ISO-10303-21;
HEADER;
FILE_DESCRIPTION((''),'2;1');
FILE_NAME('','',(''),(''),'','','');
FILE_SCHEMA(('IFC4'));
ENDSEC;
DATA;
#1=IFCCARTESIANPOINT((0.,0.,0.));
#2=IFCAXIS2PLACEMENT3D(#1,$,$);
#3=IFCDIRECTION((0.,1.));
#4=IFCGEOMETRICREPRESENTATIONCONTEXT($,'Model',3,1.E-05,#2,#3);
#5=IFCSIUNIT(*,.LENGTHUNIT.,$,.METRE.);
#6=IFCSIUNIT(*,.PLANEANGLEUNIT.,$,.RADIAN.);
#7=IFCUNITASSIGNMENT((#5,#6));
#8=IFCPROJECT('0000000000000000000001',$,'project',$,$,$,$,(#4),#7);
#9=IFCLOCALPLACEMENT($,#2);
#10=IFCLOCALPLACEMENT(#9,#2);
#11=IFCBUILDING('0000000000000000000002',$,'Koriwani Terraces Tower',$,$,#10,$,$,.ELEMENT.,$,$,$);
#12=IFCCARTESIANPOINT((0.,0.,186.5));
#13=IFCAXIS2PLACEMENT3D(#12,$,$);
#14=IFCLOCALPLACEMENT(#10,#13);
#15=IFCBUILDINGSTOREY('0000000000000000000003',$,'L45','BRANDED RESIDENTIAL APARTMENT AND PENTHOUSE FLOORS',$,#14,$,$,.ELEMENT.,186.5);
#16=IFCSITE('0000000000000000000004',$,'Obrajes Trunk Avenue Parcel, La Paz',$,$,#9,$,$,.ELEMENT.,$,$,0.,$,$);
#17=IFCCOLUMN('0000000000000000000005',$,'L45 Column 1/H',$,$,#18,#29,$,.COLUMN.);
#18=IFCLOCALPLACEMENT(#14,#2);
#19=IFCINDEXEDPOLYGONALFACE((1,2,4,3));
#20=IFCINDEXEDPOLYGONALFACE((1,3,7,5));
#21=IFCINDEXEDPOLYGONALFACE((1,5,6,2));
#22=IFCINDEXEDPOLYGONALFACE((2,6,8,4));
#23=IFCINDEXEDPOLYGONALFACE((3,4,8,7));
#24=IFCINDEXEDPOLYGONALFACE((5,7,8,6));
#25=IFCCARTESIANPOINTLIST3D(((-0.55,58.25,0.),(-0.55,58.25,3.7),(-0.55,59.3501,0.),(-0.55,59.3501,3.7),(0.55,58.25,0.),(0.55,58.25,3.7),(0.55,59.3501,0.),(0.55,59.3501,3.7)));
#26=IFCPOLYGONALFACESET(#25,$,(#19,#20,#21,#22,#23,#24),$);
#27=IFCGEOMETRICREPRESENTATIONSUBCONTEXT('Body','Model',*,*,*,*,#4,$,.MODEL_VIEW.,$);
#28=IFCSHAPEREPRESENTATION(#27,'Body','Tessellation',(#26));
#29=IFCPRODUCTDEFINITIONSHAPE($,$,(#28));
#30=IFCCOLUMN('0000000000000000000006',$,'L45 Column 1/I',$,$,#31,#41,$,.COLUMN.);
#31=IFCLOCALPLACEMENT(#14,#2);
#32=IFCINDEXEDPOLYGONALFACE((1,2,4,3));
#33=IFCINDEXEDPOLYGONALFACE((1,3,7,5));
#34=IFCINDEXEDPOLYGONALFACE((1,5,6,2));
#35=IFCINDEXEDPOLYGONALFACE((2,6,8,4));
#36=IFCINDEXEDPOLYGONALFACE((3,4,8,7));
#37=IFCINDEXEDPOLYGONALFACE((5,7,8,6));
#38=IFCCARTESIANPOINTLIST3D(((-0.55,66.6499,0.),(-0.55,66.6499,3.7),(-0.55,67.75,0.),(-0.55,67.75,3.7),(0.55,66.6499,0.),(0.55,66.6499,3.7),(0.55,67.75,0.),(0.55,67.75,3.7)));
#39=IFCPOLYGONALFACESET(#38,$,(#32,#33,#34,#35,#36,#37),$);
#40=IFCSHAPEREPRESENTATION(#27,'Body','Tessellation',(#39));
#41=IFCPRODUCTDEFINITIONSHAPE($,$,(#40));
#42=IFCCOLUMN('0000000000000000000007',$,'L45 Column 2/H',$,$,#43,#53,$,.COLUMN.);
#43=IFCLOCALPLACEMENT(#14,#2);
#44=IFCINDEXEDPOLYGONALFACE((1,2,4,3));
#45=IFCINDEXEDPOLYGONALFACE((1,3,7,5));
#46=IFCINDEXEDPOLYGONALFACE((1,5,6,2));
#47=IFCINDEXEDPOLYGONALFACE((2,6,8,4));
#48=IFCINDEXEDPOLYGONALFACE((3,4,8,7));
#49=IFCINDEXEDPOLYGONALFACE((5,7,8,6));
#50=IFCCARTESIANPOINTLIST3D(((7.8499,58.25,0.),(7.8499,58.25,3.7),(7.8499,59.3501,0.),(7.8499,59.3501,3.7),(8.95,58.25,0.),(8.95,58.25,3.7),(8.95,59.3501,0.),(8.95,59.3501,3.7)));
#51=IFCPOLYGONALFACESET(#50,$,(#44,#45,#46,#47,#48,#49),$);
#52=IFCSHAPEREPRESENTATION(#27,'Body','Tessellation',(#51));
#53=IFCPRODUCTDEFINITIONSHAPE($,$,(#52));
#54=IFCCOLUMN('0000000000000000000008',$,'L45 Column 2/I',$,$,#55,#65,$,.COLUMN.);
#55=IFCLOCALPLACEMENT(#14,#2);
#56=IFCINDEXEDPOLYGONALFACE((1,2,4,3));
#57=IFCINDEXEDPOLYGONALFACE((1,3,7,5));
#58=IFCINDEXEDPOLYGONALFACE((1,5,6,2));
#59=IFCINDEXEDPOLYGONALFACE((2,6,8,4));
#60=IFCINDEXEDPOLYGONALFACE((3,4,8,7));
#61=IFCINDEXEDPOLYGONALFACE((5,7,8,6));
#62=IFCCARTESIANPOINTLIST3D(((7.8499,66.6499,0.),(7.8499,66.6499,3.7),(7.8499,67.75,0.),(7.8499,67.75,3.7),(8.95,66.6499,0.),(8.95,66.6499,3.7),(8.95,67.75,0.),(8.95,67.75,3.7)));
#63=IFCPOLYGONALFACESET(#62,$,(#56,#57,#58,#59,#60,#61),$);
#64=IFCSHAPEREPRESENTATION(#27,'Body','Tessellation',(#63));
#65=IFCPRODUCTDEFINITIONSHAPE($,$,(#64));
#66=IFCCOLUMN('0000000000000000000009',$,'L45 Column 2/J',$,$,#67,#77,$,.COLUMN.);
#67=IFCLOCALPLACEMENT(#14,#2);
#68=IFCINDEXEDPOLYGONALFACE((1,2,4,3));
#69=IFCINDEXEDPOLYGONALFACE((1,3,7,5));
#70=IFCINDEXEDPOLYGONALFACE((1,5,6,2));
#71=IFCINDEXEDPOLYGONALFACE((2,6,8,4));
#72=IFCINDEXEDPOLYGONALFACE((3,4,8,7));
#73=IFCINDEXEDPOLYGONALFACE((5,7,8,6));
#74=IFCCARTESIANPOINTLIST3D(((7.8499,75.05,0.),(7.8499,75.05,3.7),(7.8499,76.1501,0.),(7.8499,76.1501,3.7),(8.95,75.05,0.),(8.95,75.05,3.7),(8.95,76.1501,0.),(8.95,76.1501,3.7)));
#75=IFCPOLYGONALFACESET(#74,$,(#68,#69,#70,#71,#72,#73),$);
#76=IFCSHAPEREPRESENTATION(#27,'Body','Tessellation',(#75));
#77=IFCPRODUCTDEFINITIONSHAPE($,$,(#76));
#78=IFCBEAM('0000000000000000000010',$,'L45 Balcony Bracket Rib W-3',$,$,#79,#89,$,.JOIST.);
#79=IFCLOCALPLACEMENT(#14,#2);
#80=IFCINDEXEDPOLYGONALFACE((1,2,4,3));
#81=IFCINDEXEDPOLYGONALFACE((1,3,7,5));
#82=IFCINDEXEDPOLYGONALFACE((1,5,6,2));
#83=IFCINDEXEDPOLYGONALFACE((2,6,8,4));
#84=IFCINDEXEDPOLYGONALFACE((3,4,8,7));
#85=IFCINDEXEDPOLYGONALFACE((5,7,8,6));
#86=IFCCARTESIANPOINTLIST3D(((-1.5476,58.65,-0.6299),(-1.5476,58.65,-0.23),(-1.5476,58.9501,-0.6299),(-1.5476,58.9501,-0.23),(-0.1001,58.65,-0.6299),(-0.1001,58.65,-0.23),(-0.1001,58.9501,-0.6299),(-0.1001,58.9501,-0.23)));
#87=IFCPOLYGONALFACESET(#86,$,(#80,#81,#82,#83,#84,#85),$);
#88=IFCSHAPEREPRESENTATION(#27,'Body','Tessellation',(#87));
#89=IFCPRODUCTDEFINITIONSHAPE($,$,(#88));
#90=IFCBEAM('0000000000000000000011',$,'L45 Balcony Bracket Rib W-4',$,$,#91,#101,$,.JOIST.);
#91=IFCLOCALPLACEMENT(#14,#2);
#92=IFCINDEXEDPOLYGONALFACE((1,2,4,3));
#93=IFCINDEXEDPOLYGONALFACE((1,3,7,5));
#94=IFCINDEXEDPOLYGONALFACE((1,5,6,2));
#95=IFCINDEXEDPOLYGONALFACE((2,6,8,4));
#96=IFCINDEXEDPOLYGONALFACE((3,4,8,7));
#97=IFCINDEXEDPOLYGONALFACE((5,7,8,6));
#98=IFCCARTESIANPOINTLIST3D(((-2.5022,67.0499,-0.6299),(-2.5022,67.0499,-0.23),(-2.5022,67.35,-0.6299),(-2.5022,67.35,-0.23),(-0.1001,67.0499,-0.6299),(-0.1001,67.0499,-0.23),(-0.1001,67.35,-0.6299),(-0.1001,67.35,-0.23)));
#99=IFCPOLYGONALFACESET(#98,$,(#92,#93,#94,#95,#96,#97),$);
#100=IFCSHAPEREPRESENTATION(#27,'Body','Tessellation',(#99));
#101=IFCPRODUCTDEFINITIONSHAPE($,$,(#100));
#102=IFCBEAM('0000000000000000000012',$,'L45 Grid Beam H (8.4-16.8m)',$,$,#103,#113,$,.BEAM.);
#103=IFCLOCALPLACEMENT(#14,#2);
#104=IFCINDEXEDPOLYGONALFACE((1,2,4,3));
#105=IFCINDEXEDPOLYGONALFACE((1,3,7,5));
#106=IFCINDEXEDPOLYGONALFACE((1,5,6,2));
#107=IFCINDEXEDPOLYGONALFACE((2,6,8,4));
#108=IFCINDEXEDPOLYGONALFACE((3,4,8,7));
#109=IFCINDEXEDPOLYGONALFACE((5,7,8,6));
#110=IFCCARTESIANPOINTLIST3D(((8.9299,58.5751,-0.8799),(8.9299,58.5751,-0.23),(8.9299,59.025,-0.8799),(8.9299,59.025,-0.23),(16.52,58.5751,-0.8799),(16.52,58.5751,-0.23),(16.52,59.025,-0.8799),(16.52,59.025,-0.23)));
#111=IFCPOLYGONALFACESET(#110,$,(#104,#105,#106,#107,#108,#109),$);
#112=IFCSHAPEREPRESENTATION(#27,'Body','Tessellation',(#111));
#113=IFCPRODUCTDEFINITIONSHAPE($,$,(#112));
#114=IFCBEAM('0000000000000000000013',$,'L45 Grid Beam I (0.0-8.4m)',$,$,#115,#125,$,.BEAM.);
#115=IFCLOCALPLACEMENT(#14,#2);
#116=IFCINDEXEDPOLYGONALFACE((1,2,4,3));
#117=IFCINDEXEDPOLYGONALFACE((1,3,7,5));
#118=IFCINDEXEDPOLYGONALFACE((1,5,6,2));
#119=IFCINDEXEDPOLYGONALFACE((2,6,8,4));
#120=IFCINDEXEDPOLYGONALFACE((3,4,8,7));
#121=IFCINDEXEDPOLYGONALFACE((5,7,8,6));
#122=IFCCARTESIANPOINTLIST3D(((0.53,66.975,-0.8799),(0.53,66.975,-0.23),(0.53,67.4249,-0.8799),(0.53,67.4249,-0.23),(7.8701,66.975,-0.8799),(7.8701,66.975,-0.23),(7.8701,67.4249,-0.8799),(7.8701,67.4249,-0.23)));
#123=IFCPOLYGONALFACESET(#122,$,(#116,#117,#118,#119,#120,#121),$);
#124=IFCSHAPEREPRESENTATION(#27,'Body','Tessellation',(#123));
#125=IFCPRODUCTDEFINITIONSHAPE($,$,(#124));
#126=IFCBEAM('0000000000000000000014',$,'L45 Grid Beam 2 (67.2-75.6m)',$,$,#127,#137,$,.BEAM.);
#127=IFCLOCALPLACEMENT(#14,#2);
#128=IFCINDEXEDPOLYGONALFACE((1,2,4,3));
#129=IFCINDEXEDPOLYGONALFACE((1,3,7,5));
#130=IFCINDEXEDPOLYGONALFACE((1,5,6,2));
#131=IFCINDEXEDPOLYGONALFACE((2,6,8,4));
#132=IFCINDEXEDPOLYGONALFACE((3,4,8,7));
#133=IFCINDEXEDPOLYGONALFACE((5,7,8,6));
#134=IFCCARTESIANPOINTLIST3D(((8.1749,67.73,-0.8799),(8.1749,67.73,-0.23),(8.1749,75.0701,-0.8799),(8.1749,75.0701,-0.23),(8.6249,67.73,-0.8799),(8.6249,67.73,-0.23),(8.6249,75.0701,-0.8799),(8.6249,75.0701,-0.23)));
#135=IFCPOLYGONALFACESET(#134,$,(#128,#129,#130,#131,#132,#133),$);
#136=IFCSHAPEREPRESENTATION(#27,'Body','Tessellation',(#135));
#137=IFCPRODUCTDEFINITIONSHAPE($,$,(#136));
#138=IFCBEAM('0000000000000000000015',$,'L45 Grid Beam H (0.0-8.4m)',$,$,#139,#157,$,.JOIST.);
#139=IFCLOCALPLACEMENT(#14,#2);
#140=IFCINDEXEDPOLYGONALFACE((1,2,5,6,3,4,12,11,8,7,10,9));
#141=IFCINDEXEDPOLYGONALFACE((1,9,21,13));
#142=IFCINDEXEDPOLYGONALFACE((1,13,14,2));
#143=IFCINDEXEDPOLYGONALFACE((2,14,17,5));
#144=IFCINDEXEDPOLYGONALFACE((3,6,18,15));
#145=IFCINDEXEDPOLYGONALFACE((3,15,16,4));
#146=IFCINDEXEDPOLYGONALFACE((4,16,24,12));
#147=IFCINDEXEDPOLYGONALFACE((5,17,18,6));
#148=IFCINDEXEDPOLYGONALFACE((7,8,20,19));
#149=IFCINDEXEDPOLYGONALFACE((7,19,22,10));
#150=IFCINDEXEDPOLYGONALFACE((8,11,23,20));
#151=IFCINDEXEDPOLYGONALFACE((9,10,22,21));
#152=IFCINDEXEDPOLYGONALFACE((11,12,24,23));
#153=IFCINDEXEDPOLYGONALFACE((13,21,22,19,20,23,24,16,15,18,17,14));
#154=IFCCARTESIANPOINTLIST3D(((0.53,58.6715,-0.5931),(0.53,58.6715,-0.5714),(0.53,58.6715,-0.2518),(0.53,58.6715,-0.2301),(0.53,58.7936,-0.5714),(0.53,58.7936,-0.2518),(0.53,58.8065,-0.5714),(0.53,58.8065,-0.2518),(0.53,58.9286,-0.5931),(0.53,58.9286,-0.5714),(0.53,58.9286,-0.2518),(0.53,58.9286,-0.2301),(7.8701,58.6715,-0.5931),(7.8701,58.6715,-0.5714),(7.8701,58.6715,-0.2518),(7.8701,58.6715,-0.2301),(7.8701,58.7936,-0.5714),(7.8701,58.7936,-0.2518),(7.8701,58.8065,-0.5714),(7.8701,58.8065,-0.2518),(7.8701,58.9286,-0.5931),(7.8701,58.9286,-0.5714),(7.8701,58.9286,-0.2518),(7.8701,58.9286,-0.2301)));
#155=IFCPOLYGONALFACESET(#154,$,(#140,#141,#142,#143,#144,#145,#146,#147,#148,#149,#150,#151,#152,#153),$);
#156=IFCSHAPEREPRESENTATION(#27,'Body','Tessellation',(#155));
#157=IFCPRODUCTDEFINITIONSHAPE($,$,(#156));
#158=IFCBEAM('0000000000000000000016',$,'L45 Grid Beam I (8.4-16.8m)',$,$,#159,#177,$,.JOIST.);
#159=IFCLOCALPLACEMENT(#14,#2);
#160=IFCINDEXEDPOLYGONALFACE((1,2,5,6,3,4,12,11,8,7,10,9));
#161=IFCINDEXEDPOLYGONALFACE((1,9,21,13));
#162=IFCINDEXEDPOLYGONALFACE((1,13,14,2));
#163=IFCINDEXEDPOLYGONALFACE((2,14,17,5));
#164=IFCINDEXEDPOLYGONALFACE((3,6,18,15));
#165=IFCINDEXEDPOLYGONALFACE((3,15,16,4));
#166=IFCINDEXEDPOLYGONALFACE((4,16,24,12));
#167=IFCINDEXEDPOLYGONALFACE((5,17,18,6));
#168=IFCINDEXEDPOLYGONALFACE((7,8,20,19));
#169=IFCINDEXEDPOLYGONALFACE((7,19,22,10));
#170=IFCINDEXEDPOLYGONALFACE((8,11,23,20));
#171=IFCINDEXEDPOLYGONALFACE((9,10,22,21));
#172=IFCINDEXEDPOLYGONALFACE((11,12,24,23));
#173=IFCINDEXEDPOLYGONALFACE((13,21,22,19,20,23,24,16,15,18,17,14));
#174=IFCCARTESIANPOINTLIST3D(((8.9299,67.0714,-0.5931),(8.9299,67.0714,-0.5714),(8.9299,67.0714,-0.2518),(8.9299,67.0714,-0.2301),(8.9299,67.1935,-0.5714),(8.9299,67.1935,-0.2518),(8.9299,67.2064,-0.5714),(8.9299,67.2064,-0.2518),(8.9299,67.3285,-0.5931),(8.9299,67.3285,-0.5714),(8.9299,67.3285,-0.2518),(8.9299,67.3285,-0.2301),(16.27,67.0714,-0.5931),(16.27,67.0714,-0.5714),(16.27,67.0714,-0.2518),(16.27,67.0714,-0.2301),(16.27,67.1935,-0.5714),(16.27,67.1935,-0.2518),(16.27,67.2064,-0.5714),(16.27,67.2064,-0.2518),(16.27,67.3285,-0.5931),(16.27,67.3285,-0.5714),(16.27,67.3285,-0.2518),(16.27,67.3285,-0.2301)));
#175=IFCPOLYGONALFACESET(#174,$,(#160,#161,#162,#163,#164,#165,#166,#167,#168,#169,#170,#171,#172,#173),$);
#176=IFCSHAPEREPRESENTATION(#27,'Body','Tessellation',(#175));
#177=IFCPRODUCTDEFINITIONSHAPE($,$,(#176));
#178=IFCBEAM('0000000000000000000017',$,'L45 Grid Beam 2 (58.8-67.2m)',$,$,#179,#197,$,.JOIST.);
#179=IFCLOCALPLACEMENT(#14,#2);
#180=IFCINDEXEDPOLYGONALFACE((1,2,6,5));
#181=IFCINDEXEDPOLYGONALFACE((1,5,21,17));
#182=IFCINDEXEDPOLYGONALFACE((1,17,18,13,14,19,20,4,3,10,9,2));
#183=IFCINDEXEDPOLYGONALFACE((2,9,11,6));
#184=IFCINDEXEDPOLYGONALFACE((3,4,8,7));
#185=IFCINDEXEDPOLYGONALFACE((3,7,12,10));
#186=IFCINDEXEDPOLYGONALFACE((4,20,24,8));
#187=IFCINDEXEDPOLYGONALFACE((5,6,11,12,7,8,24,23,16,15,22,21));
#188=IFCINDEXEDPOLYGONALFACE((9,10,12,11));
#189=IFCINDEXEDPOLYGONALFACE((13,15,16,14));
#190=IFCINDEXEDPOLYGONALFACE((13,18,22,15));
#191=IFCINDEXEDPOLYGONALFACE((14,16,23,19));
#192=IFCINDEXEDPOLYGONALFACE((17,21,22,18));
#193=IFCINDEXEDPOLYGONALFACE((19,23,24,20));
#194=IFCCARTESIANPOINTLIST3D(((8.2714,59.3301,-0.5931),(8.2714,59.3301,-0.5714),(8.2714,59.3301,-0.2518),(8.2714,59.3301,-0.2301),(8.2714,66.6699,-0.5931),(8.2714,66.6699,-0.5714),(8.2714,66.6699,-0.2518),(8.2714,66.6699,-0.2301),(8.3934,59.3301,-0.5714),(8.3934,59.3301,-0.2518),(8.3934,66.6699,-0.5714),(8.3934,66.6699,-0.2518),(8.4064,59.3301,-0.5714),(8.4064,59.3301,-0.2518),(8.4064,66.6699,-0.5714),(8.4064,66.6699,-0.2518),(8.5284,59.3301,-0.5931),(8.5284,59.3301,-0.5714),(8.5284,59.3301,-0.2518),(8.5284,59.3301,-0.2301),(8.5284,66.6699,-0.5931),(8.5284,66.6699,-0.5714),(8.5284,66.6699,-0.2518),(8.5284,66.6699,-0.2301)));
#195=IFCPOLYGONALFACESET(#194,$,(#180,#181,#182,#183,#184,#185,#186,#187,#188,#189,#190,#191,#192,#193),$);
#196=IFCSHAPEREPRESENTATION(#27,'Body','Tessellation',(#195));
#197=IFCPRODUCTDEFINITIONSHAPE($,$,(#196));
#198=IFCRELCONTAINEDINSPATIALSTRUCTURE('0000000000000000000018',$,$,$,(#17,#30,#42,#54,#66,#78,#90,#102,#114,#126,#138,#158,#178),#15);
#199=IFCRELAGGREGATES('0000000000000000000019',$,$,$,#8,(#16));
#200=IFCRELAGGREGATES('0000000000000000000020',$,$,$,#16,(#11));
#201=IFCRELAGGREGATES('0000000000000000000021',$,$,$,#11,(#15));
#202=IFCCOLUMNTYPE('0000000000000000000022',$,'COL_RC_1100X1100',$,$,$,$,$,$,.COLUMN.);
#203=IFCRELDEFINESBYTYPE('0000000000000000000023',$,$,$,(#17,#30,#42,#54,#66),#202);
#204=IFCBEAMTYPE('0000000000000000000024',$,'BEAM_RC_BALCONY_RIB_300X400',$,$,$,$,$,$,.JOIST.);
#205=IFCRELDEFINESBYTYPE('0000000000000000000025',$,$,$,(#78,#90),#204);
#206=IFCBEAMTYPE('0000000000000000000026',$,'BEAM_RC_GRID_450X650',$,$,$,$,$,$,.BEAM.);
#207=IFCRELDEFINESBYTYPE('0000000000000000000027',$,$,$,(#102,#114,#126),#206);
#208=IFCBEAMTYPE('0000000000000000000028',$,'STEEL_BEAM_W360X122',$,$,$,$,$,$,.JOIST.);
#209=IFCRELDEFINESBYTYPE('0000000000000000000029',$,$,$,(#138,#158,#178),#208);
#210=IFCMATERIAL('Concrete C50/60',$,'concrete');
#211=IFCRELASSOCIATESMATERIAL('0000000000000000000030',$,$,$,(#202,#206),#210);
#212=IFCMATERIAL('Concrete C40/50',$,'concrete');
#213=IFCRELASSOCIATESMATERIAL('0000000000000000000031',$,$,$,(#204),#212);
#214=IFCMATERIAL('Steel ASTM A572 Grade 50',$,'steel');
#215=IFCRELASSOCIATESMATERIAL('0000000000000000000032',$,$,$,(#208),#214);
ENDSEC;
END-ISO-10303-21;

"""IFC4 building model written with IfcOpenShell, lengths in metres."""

from ifc_helpers import new_model, si_unit, direction, frame, origin, origin_2d, place, context, subcontext, project, spatial, rectangle, i_section, extrude, material, material_profile, profile_set, type_object, element, save


model = new_model("IFC4")

# Units and contexts
model_context = context("Model", 3, precision=1e-05, world=origin(), true_north=direction((0.0, 1.0)))
body_context = subcontext(model_context, "Body", "Model", "MODEL_VIEW")
ifc_project = project(units=[si_unit("LENGTHUNIT", "METRE"), si_unit("PLANEANGLEUNIT", "RADIAN")], contexts=[model_context])

# Site, building, storey
site_placement = place(None, origin())
site = spatial("IfcSite", under=ifc_project, at=site_placement, Name="Obrajes Trunk Avenue Parcel, La Paz", CompositionType="ELEMENT", RefElevation=0.0)
building_placement = place(site_placement, origin())
building = spatial("IfcBuilding", under=site, at=building_placement, Name="Koriwani Terraces Tower", CompositionType="ELEMENT")
storey_placement = place(building_placement, frame((0.0, 0.0, 186.5)))
storey = spatial("IfcBuildingStorey", under=building, at=storey_placement, Name="L45", Description="BRANDED RESIDENTIAL APARTMENT AND PENTHOUSE FLOORS", CompositionType="ELEMENT", Elevation=186.5)

# Columns
ifc_material_1 = material(Name="Concrete C50/60", Category="concrete")
ifc_material_profile_1 = material_profile(ifc_material_1, rectangle(XDim=1.1001, YDim=1.1001, at=origin_2d()), Name="Concrete C50/60", Category="LoadBearing")
ifc_profile_set_1 = profile_set([ifc_material_profile_1], Name="Concrete C50/60")
column_type = type_object("IfcColumnType", Name="COL_RC_1100X1100", PredefinedType="COLUMN", material=ifc_profile_set_1)
for number, where, z_axis, x_axis, name in (
    (1, (0.0, 58.8, 0.0), (0.0, 0.0, 1.0), (1.0, 0.0, 0.0), "L45 Column 1/H"),
    (2, (0.0, 67.2, 0.0), (0.0, 0.0, 1.0), (1.0, 0.0, 0.0), "L45 Column 1/I"),
    (3, (8.3999, 58.8, 0.0), (0.0, 0.0, 1.0), (1.0, 0.0, 0.0), "L45 Column 2/H"),
    (4, (8.3999, 67.2, 0.0), (0.0, 0.0, 1.0), (1.0, 0.0, 0.0), "L45 Column 2/I"),
    (5, (8.3999, 75.6001, 0.0), (0.0, 0.0, 1.0), (1.0, 0.0, 0.0), "L45 Column 2/J"),
):
    element("IfcColumn", number, at=place(storey_placement, frame(where, z_axis=z_axis, x_axis=x_axis)), inside=storey, type_object=column_type, Name=name, PredefinedType="COLUMN", context=body_context, shape_type="SweptSolid", body=[
        extrude(rectangle(XDim=1.1001, YDim=1.1001, at=origin_2d()), origin(), (0.0, 0.0, 1.0), 3.7),
    ])

# Beams
ifc_material_2 = material(Name="Concrete C40/50", Category="concrete")
ifc_material_profile_2 = material_profile(ifc_material_2, rectangle(XDim=0.3, YDim=0.3999, at=origin_2d()), Name="Concrete C40/50", Category="LoadBearing")
ifc_profile_set_2 = profile_set([ifc_material_profile_2], Name="Concrete C40/50")
beam_type_1 = type_object("IfcBeamType", Name="BEAM_RC_BALCONY_RIB_300X400", PredefinedType="JOIST", material=ifc_profile_set_2)
beam_1_placement = place(storey_placement, frame((-1.5476, 58.8, -0.4299), z_axis=(1.0, 0.0, 0.0), x_axis=(0.0, 1.0, 0.0)))
element("IfcBeam", 6, at=beam_1_placement, inside=storey, type_object=beam_type_1, Name="L45 Balcony Bracket Rib W-3", PredefinedType="JOIST", context=body_context, shape_type="SweptSolid", body=[
    extrude(rectangle(XDim=0.3, YDim=0.3999, at=origin_2d()), origin(), (0.0, 0.0, 1.0), 1.4475),
])
beam_2_placement = place(storey_placement, frame((-2.5022, 67.2, -0.4299), z_axis=(1.0, 0.0, 0.0), x_axis=(0.0, 1.0, 0.0)))
element("IfcBeam", 7, at=beam_2_placement, inside=storey, type_object=beam_type_1, Name="L45 Balcony Bracket Rib W-4", PredefinedType="JOIST", context=body_context, shape_type="SweptSolid", body=[
    extrude(rectangle(XDim=0.3, YDim=0.3999, at=origin_2d()), origin(), (0.0, 0.0, 1.0), 2.4021),
])
ifc_material_profile_3 = material_profile(ifc_material_1, rectangle(XDim=0.45, YDim=0.6499, at=origin_2d()), Name="Concrete C50/60", Category="LoadBearing")
ifc_profile_set_3 = profile_set([ifc_material_profile_3], Name="Concrete C50/60")
beam_type_2 = type_object("IfcBeamType", Name="BEAM_RC_GRID_450X650", PredefinedType="BEAM", material=ifc_profile_set_3)
beam_3_placement = place(storey_placement, frame((8.9299, 58.8, -0.5549), z_axis=(1.0, 0.0, 0.0), x_axis=(0.0, 1.0, 0.0)))
element("IfcBeam", 8, at=beam_3_placement, inside=storey, type_object=beam_type_2, Name="L45 Grid Beam H (8.4-16.8m)", PredefinedType="BEAM", context=body_context, shape_type="SweptSolid", body=[
    extrude(rectangle(XDim=0.45, YDim=0.6499, at=origin_2d()), origin(), (0.0, 0.0, 1.0), 7.5901),
])
for number, where, z_axis, x_axis, name in (
    (9, (0.53, 67.2, -0.5549), (1.0, 0.0, 0.0), (0.0, 1.0, 0.0), "L45 Grid Beam I (0.0-8.4m)"),
    (10, (8.3999, 67.73, -0.5549), (0.0, 1.0, 0.0), (-1.0, 0.0, 0.0), "L45 Grid Beam 2 (67.2-75.6m)"),
):
    element("IfcBeam", number, at=place(storey_placement, frame(where, z_axis=z_axis, x_axis=x_axis)), inside=storey, type_object=beam_type_2, Name=name, PredefinedType="BEAM", context=body_context, shape_type="SweptSolid", body=[
        extrude(rectangle(XDim=0.45, YDim=0.6499, at=origin_2d()), origin(), (0.0, 0.0, 1.0), 7.3401),
    ])
ifc_material_3 = material(Name="Steel ASTM A572 Grade 50", Category="steel")
ifc_material_profile_4 = material_profile(ifc_material_3, i_section(OverallWidth=0.2571, OverallDepth=0.363, WebThickness=0.0129, FlangeThickness=0.0217, at=origin_2d()), Name="Steel ASTM A572 Grade 50", Category="LoadBearing")
ifc_profile_set_4 = profile_set([ifc_material_profile_4], Name="Steel ASTM A572 Grade 50")
beam_type_3 = type_object("IfcBeamType", Name="STEEL_BEAM_W360X122", PredefinedType="JOIST", material=ifc_profile_set_4)
for number, where, z_axis, x_axis, name in (
    (11, (0.53, 58.8, -0.4116), (1.0, 0.0, 0.0), (0.0, 1.0, 0.0), "L45 Grid Beam H (0.0-8.4m)"),
    (12, (8.9299, 67.2, -0.4116), (1.0, 0.0, 0.0), (0.0, 1.0, 0.0), "L45 Grid Beam I (8.4-16.8m)"),
):
    element("IfcBeam", number, at=place(storey_placement, frame(where, z_axis=z_axis, x_axis=x_axis)), inside=storey, type_object=beam_type_3, Name=name, PredefinedType="JOIST", context=body_context, shape_type="SweptSolid", body=[
        extrude(i_section(OverallWidth=0.2571, OverallDepth=0.363, WebThickness=0.0129, FlangeThickness=0.0217, at=origin_2d()), origin(), (0.0, 0.0, 1.0), 7.3401),
    ])
beam_4_placement = place(storey_placement, frame((8.3999, 59.3301, -0.4116), z_axis=(0.0, 1.0, 0.0), x_axis=(-1.0, 0.0, 0.0)))
element("IfcBeam", 13, at=beam_4_placement, inside=storey, type_object=beam_type_3, Name="L45 Grid Beam 2 (58.8-67.2m)", PredefinedType="JOIST", context=body_context, shape_type="SweptSolid", body=[
    extrude(i_section(OverallWidth=0.2571, OverallDepth=0.363, WebThickness=0.0129, FlangeThickness=0.0217, at=origin_2d()), origin(), (0.0, 0.0, 1.0), 7.3398),
])

save(model, "model.ifc")
